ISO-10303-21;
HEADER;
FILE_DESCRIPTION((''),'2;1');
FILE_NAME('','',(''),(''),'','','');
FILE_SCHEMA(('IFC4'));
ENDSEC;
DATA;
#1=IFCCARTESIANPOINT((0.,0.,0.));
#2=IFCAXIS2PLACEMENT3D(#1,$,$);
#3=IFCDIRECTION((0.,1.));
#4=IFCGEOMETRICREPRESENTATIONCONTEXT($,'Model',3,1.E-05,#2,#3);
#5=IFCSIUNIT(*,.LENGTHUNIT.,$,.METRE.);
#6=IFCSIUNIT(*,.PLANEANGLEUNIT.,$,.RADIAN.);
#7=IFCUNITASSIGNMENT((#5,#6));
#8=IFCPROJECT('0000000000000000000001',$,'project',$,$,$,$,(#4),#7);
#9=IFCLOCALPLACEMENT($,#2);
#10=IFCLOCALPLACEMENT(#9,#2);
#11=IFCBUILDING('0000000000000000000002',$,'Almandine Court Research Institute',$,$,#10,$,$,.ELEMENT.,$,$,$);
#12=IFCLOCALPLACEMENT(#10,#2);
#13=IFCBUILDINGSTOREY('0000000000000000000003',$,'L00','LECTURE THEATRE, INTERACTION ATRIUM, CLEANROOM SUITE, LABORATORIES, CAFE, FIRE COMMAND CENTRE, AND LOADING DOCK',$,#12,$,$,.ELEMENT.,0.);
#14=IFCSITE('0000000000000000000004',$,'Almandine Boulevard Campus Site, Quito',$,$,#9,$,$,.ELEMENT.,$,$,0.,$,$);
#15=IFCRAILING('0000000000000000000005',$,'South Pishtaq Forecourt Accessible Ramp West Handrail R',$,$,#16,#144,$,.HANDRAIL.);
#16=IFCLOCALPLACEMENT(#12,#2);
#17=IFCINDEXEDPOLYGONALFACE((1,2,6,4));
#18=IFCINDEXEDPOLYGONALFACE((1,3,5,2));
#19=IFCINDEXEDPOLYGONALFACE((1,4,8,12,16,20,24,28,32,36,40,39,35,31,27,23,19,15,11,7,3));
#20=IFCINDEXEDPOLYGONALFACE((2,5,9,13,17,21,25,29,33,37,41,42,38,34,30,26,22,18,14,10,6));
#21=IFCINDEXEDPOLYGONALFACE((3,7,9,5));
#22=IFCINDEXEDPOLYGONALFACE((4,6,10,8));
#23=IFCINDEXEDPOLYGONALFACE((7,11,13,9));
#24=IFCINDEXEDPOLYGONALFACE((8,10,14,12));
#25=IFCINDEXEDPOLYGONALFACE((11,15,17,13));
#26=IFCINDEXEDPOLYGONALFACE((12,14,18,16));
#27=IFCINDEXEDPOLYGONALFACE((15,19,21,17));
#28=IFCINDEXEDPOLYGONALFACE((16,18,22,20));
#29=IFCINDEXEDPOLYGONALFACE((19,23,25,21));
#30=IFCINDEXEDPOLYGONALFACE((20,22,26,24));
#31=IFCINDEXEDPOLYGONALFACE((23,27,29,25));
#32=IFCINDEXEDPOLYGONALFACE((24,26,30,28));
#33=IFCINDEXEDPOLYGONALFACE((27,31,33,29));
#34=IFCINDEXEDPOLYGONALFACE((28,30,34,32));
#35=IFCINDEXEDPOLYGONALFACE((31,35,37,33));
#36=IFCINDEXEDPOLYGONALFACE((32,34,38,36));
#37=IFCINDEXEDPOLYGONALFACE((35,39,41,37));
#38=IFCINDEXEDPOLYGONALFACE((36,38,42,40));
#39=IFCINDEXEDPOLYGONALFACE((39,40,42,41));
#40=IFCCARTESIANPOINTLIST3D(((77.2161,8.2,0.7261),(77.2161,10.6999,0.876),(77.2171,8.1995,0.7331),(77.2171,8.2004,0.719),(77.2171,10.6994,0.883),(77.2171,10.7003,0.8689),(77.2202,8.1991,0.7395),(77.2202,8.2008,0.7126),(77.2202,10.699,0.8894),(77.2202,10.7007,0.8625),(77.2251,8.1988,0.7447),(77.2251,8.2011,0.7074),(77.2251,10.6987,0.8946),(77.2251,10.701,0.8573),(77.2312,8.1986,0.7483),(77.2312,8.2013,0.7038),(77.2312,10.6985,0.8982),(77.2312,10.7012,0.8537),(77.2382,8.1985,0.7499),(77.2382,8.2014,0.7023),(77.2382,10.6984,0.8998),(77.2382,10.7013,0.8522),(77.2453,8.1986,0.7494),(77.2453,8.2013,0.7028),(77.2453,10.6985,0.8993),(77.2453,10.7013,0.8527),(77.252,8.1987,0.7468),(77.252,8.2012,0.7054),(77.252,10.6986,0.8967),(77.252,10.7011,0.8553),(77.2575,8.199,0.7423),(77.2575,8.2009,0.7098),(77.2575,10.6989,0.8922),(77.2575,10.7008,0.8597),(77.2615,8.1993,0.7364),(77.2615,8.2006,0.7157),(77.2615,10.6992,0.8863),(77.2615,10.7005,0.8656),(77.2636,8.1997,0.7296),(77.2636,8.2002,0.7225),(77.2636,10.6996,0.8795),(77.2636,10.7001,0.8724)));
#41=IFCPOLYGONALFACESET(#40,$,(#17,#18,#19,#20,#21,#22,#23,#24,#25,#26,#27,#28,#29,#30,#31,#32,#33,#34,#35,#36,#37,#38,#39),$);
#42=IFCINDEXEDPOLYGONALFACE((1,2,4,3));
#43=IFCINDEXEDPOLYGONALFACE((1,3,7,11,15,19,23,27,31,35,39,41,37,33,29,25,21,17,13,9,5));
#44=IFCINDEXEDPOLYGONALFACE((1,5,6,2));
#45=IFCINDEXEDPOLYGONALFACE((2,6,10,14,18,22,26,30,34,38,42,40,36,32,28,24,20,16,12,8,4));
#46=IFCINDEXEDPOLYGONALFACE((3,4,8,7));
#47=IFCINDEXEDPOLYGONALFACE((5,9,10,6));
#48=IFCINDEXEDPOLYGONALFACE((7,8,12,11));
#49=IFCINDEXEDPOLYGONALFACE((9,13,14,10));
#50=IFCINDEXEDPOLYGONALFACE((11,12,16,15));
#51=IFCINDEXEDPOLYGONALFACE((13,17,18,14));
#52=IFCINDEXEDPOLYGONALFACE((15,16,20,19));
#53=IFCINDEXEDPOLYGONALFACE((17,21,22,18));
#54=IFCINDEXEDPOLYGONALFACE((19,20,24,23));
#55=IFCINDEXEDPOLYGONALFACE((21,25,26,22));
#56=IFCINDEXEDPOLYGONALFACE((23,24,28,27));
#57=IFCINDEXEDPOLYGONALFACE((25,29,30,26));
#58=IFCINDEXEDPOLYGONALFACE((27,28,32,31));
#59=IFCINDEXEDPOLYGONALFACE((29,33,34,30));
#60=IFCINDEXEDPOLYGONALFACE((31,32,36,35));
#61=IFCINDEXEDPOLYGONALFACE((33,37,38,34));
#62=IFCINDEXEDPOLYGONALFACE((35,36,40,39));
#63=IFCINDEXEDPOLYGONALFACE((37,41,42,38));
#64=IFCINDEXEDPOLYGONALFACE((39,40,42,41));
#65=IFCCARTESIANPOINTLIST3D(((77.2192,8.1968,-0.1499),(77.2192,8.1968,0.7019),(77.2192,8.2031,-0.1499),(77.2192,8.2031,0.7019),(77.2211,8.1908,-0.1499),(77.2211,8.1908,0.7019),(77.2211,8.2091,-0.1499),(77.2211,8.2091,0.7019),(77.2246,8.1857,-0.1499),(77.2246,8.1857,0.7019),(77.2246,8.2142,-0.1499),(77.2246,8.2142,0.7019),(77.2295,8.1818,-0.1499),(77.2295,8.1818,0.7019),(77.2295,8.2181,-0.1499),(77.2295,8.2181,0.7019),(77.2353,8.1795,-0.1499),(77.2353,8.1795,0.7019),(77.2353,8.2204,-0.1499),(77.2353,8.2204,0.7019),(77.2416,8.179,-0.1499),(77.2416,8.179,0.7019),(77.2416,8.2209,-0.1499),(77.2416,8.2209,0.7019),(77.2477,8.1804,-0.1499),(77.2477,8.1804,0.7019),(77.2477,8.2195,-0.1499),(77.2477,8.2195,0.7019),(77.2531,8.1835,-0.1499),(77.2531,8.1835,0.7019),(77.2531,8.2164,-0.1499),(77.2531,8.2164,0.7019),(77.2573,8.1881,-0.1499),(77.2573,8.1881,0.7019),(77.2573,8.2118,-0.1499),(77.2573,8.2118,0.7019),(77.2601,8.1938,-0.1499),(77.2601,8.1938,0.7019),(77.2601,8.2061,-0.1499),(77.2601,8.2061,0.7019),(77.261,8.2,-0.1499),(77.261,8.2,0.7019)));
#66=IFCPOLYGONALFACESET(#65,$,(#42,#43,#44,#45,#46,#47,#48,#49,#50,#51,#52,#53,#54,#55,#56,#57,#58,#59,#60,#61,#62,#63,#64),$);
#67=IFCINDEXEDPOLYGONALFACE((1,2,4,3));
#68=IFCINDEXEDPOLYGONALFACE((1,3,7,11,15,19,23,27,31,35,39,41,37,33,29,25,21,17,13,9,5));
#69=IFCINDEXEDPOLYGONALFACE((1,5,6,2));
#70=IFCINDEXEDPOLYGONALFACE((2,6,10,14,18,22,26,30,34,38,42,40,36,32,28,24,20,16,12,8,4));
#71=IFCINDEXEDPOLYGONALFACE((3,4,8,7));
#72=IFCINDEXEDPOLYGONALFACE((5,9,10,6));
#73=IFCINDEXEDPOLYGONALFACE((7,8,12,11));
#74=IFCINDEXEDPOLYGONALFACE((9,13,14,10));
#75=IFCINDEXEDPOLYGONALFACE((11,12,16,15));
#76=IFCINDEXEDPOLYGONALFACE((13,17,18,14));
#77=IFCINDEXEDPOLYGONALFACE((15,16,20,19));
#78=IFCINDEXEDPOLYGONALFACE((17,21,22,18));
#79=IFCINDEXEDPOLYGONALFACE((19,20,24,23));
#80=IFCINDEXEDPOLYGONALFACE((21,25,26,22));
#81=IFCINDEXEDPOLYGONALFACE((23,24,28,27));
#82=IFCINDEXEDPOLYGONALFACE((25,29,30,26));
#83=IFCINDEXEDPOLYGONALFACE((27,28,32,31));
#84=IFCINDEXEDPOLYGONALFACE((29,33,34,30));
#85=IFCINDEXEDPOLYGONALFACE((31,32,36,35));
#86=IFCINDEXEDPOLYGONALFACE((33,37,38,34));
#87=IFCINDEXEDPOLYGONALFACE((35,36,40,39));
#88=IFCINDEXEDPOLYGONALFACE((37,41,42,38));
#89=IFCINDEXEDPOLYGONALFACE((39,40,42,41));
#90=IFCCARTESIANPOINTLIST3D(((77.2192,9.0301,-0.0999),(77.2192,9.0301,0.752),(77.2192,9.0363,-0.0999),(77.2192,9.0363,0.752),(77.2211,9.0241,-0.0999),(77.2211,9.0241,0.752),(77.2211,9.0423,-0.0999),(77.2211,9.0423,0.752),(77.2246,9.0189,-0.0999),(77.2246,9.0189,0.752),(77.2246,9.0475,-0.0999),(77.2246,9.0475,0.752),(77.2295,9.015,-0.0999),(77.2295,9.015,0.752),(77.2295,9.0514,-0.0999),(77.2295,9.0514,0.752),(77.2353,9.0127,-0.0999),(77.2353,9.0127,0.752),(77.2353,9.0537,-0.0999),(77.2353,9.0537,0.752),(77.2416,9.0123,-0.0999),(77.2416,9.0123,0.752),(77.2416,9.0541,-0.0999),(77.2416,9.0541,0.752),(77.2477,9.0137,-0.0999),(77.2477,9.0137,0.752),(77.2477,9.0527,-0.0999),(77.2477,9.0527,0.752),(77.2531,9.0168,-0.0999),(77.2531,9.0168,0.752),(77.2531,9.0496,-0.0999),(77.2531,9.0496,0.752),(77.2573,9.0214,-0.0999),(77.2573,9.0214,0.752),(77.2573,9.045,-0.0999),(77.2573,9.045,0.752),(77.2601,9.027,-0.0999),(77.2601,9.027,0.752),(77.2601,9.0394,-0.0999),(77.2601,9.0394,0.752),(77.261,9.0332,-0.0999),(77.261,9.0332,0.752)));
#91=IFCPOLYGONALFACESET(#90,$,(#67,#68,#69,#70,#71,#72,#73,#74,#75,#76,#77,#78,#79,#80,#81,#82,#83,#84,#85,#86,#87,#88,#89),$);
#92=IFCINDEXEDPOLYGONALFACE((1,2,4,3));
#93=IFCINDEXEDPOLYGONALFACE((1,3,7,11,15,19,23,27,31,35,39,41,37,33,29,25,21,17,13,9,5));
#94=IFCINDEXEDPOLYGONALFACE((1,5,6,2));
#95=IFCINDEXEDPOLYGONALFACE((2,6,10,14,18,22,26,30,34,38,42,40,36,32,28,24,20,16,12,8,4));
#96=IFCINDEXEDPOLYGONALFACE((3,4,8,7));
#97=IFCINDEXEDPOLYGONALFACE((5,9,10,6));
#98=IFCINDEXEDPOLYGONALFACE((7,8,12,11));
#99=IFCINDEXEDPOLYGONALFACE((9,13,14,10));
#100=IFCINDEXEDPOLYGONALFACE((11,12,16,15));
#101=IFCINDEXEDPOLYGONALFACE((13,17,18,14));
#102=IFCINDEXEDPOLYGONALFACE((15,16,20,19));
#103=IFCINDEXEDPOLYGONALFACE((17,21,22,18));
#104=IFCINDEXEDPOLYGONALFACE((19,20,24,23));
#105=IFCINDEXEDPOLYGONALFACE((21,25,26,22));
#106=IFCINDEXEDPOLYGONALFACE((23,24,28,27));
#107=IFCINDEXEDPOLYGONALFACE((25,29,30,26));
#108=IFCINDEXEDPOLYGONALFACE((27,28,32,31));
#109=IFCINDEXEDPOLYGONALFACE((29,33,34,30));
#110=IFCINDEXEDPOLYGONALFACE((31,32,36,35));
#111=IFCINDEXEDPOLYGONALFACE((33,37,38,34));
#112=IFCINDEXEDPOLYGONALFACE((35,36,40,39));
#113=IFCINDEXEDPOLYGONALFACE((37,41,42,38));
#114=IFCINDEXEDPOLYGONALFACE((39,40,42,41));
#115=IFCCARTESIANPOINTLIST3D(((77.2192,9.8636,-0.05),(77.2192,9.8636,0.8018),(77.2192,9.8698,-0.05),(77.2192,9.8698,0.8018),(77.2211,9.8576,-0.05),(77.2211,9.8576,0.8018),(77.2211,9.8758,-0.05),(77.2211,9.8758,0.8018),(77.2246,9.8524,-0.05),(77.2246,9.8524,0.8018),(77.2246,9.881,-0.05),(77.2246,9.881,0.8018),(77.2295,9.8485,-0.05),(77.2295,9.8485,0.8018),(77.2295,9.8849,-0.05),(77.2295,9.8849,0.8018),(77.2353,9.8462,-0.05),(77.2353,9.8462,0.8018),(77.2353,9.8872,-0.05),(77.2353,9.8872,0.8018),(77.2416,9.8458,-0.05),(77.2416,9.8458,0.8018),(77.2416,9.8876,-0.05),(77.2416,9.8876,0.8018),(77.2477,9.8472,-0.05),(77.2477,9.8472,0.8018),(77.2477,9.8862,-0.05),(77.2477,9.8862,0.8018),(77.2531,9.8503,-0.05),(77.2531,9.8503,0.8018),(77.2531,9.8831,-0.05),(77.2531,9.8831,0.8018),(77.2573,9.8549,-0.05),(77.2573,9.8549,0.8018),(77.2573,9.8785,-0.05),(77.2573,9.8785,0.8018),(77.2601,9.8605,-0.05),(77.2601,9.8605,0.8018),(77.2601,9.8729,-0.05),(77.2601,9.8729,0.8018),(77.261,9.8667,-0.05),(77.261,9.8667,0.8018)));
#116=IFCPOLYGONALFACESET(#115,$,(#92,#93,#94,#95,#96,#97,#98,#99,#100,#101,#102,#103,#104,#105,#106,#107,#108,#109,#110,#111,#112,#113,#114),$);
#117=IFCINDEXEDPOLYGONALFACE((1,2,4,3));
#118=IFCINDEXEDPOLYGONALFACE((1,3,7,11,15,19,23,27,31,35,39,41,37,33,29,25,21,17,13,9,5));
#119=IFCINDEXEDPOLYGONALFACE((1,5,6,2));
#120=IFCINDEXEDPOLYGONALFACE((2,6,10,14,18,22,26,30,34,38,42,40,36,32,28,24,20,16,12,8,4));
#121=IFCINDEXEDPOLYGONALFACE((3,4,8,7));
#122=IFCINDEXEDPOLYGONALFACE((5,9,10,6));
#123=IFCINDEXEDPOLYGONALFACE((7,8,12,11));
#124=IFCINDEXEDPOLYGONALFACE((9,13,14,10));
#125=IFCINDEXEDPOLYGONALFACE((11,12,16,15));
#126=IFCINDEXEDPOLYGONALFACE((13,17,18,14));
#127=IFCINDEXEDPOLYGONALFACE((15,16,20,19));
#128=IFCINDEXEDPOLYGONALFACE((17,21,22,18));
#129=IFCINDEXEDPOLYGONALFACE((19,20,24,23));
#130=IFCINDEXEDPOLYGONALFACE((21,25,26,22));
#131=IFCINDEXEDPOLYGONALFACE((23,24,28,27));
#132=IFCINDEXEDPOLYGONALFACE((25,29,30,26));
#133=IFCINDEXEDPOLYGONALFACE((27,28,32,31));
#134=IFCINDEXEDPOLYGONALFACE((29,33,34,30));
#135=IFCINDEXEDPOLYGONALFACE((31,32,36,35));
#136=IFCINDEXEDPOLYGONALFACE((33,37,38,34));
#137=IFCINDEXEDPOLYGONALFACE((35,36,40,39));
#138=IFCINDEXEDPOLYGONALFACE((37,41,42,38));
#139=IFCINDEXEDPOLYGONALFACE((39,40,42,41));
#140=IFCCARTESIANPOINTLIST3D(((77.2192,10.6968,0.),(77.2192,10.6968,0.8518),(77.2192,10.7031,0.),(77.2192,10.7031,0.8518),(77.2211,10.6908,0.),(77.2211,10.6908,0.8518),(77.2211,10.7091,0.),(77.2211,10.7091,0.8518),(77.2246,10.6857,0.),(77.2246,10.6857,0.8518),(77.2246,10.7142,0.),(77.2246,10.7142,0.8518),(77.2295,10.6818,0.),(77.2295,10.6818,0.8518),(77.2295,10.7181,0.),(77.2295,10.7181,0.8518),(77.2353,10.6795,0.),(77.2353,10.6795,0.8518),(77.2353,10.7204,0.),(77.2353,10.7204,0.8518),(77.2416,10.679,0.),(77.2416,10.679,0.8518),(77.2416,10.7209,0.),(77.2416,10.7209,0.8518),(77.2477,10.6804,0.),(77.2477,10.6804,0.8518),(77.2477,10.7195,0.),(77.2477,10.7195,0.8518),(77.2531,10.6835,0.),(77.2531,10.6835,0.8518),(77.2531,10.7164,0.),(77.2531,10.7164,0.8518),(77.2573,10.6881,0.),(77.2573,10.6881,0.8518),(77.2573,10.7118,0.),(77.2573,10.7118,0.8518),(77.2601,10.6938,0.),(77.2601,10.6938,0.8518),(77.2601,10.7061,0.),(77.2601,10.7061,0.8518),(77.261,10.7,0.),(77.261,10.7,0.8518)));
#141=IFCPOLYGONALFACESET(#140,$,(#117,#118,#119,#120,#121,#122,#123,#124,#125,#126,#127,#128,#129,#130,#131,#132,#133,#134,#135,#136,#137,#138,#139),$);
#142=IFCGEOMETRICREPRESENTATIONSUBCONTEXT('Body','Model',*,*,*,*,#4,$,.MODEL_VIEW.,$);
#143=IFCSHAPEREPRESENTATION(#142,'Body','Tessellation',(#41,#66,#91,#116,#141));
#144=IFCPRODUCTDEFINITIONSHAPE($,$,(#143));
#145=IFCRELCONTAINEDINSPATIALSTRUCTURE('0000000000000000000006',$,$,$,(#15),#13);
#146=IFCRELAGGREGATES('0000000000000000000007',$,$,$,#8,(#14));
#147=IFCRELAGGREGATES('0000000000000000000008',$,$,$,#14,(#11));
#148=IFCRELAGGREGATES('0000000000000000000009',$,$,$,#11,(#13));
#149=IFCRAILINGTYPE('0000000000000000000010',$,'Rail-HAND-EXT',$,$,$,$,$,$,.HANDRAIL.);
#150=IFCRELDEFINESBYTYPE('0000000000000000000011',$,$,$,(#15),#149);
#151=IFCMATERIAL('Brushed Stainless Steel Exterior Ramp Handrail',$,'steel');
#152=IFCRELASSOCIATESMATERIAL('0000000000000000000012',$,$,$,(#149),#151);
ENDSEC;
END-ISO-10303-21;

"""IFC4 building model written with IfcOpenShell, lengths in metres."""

from ifc_helpers import new_model, si_unit, direction, frame, origin, origin_2d, place, context, subcontext, project, spatial, circle, extrude, material, type_object, element, save


model = new_model("IFC4")

# Units and contexts
model_context = context("Model", 3, precision=1e-05, world=origin(), true_north=direction((0.0, 1.0)))
body_context = subcontext(model_context, "Body", "Model", "MODEL_VIEW")
ifc_project = project(units=[si_unit("LENGTHUNIT", "METRE"), si_unit("PLANEANGLEUNIT", "RADIAN")], contexts=[model_context])

# Site, building, storey
site_placement = place(None, origin())
site = spatial("IfcSite", under=ifc_project, at=site_placement, Name="Almandine Boulevard Campus Site, Quito", CompositionType="ELEMENT", RefElevation=0.0)
building_placement = place(site_placement, origin())
building = spatial("IfcBuilding", under=site, at=building_placement, Name="Almandine Court Research Institute", CompositionType="ELEMENT")
storey_placement = place(building_placement, origin())
storey = spatial("IfcBuildingStorey", under=building, at=storey_placement, Name="L00", Description="LECTURE THEATRE, INTERACTION ATRIUM, CLEANROOM SUITE, LABORATORIES, CAFE, FIRE COMMAND CENTRE, AND LOADING DOCK", CompositionType="ELEMENT", Elevation=0.0)

# Railing
ifc_material_1 = material(Name="Brushed Stainless Steel Exterior Ramp Handrail", Category="steel")
railing_type = type_object("IfcRailingType", Name="Rail-HAND-EXT", PredefinedType="HANDRAIL", material=ifc_material_1)
for number, where, name in (
    (1, (77.24, 8.2, -0.1499), "South Pishtaq Forecourt Accessible Ramp West Handrail R"),
):
    element("IfcRailing", number, at=place(storey_placement, frame(where)), inside=storey, type_object=railing_type, Name=name, PredefinedType="HANDRAIL", context=body_context, shape_type="SweptSolid", body=[
        extrude(circle(Radius=0.0239, at=origin_2d()), frame((0.0, 0.0, 0.876), z_axis=(0.0, 0.998207, 0.059853), x_axis=(-1.0, 0.0, 0.0)), (0.0, 0.0, 1.0), 2.5044),
        extrude(circle(Radius=0.021, at=origin_2d()), origin(), (0.0, 0.0, 1.0), 0.8518),
        extrude(circle(Radius=0.021, at=origin_2d()), frame((0.0, 0.8333, 0.05)), (0.0, 0.0, 1.0), 0.8518),
        extrude(circle(Radius=0.021, at=origin_2d()), frame((0.0, 1.6667, 0.0999)), (0.0, 0.0, 1.0), 0.8518),
        extrude(circle(Radius=0.021, at=origin_2d()), frame((0.0, 2.5, 0.1499)), (0.0, 0.0, 1.0), 0.8518),
    ])

save(model, "model.ifc")
